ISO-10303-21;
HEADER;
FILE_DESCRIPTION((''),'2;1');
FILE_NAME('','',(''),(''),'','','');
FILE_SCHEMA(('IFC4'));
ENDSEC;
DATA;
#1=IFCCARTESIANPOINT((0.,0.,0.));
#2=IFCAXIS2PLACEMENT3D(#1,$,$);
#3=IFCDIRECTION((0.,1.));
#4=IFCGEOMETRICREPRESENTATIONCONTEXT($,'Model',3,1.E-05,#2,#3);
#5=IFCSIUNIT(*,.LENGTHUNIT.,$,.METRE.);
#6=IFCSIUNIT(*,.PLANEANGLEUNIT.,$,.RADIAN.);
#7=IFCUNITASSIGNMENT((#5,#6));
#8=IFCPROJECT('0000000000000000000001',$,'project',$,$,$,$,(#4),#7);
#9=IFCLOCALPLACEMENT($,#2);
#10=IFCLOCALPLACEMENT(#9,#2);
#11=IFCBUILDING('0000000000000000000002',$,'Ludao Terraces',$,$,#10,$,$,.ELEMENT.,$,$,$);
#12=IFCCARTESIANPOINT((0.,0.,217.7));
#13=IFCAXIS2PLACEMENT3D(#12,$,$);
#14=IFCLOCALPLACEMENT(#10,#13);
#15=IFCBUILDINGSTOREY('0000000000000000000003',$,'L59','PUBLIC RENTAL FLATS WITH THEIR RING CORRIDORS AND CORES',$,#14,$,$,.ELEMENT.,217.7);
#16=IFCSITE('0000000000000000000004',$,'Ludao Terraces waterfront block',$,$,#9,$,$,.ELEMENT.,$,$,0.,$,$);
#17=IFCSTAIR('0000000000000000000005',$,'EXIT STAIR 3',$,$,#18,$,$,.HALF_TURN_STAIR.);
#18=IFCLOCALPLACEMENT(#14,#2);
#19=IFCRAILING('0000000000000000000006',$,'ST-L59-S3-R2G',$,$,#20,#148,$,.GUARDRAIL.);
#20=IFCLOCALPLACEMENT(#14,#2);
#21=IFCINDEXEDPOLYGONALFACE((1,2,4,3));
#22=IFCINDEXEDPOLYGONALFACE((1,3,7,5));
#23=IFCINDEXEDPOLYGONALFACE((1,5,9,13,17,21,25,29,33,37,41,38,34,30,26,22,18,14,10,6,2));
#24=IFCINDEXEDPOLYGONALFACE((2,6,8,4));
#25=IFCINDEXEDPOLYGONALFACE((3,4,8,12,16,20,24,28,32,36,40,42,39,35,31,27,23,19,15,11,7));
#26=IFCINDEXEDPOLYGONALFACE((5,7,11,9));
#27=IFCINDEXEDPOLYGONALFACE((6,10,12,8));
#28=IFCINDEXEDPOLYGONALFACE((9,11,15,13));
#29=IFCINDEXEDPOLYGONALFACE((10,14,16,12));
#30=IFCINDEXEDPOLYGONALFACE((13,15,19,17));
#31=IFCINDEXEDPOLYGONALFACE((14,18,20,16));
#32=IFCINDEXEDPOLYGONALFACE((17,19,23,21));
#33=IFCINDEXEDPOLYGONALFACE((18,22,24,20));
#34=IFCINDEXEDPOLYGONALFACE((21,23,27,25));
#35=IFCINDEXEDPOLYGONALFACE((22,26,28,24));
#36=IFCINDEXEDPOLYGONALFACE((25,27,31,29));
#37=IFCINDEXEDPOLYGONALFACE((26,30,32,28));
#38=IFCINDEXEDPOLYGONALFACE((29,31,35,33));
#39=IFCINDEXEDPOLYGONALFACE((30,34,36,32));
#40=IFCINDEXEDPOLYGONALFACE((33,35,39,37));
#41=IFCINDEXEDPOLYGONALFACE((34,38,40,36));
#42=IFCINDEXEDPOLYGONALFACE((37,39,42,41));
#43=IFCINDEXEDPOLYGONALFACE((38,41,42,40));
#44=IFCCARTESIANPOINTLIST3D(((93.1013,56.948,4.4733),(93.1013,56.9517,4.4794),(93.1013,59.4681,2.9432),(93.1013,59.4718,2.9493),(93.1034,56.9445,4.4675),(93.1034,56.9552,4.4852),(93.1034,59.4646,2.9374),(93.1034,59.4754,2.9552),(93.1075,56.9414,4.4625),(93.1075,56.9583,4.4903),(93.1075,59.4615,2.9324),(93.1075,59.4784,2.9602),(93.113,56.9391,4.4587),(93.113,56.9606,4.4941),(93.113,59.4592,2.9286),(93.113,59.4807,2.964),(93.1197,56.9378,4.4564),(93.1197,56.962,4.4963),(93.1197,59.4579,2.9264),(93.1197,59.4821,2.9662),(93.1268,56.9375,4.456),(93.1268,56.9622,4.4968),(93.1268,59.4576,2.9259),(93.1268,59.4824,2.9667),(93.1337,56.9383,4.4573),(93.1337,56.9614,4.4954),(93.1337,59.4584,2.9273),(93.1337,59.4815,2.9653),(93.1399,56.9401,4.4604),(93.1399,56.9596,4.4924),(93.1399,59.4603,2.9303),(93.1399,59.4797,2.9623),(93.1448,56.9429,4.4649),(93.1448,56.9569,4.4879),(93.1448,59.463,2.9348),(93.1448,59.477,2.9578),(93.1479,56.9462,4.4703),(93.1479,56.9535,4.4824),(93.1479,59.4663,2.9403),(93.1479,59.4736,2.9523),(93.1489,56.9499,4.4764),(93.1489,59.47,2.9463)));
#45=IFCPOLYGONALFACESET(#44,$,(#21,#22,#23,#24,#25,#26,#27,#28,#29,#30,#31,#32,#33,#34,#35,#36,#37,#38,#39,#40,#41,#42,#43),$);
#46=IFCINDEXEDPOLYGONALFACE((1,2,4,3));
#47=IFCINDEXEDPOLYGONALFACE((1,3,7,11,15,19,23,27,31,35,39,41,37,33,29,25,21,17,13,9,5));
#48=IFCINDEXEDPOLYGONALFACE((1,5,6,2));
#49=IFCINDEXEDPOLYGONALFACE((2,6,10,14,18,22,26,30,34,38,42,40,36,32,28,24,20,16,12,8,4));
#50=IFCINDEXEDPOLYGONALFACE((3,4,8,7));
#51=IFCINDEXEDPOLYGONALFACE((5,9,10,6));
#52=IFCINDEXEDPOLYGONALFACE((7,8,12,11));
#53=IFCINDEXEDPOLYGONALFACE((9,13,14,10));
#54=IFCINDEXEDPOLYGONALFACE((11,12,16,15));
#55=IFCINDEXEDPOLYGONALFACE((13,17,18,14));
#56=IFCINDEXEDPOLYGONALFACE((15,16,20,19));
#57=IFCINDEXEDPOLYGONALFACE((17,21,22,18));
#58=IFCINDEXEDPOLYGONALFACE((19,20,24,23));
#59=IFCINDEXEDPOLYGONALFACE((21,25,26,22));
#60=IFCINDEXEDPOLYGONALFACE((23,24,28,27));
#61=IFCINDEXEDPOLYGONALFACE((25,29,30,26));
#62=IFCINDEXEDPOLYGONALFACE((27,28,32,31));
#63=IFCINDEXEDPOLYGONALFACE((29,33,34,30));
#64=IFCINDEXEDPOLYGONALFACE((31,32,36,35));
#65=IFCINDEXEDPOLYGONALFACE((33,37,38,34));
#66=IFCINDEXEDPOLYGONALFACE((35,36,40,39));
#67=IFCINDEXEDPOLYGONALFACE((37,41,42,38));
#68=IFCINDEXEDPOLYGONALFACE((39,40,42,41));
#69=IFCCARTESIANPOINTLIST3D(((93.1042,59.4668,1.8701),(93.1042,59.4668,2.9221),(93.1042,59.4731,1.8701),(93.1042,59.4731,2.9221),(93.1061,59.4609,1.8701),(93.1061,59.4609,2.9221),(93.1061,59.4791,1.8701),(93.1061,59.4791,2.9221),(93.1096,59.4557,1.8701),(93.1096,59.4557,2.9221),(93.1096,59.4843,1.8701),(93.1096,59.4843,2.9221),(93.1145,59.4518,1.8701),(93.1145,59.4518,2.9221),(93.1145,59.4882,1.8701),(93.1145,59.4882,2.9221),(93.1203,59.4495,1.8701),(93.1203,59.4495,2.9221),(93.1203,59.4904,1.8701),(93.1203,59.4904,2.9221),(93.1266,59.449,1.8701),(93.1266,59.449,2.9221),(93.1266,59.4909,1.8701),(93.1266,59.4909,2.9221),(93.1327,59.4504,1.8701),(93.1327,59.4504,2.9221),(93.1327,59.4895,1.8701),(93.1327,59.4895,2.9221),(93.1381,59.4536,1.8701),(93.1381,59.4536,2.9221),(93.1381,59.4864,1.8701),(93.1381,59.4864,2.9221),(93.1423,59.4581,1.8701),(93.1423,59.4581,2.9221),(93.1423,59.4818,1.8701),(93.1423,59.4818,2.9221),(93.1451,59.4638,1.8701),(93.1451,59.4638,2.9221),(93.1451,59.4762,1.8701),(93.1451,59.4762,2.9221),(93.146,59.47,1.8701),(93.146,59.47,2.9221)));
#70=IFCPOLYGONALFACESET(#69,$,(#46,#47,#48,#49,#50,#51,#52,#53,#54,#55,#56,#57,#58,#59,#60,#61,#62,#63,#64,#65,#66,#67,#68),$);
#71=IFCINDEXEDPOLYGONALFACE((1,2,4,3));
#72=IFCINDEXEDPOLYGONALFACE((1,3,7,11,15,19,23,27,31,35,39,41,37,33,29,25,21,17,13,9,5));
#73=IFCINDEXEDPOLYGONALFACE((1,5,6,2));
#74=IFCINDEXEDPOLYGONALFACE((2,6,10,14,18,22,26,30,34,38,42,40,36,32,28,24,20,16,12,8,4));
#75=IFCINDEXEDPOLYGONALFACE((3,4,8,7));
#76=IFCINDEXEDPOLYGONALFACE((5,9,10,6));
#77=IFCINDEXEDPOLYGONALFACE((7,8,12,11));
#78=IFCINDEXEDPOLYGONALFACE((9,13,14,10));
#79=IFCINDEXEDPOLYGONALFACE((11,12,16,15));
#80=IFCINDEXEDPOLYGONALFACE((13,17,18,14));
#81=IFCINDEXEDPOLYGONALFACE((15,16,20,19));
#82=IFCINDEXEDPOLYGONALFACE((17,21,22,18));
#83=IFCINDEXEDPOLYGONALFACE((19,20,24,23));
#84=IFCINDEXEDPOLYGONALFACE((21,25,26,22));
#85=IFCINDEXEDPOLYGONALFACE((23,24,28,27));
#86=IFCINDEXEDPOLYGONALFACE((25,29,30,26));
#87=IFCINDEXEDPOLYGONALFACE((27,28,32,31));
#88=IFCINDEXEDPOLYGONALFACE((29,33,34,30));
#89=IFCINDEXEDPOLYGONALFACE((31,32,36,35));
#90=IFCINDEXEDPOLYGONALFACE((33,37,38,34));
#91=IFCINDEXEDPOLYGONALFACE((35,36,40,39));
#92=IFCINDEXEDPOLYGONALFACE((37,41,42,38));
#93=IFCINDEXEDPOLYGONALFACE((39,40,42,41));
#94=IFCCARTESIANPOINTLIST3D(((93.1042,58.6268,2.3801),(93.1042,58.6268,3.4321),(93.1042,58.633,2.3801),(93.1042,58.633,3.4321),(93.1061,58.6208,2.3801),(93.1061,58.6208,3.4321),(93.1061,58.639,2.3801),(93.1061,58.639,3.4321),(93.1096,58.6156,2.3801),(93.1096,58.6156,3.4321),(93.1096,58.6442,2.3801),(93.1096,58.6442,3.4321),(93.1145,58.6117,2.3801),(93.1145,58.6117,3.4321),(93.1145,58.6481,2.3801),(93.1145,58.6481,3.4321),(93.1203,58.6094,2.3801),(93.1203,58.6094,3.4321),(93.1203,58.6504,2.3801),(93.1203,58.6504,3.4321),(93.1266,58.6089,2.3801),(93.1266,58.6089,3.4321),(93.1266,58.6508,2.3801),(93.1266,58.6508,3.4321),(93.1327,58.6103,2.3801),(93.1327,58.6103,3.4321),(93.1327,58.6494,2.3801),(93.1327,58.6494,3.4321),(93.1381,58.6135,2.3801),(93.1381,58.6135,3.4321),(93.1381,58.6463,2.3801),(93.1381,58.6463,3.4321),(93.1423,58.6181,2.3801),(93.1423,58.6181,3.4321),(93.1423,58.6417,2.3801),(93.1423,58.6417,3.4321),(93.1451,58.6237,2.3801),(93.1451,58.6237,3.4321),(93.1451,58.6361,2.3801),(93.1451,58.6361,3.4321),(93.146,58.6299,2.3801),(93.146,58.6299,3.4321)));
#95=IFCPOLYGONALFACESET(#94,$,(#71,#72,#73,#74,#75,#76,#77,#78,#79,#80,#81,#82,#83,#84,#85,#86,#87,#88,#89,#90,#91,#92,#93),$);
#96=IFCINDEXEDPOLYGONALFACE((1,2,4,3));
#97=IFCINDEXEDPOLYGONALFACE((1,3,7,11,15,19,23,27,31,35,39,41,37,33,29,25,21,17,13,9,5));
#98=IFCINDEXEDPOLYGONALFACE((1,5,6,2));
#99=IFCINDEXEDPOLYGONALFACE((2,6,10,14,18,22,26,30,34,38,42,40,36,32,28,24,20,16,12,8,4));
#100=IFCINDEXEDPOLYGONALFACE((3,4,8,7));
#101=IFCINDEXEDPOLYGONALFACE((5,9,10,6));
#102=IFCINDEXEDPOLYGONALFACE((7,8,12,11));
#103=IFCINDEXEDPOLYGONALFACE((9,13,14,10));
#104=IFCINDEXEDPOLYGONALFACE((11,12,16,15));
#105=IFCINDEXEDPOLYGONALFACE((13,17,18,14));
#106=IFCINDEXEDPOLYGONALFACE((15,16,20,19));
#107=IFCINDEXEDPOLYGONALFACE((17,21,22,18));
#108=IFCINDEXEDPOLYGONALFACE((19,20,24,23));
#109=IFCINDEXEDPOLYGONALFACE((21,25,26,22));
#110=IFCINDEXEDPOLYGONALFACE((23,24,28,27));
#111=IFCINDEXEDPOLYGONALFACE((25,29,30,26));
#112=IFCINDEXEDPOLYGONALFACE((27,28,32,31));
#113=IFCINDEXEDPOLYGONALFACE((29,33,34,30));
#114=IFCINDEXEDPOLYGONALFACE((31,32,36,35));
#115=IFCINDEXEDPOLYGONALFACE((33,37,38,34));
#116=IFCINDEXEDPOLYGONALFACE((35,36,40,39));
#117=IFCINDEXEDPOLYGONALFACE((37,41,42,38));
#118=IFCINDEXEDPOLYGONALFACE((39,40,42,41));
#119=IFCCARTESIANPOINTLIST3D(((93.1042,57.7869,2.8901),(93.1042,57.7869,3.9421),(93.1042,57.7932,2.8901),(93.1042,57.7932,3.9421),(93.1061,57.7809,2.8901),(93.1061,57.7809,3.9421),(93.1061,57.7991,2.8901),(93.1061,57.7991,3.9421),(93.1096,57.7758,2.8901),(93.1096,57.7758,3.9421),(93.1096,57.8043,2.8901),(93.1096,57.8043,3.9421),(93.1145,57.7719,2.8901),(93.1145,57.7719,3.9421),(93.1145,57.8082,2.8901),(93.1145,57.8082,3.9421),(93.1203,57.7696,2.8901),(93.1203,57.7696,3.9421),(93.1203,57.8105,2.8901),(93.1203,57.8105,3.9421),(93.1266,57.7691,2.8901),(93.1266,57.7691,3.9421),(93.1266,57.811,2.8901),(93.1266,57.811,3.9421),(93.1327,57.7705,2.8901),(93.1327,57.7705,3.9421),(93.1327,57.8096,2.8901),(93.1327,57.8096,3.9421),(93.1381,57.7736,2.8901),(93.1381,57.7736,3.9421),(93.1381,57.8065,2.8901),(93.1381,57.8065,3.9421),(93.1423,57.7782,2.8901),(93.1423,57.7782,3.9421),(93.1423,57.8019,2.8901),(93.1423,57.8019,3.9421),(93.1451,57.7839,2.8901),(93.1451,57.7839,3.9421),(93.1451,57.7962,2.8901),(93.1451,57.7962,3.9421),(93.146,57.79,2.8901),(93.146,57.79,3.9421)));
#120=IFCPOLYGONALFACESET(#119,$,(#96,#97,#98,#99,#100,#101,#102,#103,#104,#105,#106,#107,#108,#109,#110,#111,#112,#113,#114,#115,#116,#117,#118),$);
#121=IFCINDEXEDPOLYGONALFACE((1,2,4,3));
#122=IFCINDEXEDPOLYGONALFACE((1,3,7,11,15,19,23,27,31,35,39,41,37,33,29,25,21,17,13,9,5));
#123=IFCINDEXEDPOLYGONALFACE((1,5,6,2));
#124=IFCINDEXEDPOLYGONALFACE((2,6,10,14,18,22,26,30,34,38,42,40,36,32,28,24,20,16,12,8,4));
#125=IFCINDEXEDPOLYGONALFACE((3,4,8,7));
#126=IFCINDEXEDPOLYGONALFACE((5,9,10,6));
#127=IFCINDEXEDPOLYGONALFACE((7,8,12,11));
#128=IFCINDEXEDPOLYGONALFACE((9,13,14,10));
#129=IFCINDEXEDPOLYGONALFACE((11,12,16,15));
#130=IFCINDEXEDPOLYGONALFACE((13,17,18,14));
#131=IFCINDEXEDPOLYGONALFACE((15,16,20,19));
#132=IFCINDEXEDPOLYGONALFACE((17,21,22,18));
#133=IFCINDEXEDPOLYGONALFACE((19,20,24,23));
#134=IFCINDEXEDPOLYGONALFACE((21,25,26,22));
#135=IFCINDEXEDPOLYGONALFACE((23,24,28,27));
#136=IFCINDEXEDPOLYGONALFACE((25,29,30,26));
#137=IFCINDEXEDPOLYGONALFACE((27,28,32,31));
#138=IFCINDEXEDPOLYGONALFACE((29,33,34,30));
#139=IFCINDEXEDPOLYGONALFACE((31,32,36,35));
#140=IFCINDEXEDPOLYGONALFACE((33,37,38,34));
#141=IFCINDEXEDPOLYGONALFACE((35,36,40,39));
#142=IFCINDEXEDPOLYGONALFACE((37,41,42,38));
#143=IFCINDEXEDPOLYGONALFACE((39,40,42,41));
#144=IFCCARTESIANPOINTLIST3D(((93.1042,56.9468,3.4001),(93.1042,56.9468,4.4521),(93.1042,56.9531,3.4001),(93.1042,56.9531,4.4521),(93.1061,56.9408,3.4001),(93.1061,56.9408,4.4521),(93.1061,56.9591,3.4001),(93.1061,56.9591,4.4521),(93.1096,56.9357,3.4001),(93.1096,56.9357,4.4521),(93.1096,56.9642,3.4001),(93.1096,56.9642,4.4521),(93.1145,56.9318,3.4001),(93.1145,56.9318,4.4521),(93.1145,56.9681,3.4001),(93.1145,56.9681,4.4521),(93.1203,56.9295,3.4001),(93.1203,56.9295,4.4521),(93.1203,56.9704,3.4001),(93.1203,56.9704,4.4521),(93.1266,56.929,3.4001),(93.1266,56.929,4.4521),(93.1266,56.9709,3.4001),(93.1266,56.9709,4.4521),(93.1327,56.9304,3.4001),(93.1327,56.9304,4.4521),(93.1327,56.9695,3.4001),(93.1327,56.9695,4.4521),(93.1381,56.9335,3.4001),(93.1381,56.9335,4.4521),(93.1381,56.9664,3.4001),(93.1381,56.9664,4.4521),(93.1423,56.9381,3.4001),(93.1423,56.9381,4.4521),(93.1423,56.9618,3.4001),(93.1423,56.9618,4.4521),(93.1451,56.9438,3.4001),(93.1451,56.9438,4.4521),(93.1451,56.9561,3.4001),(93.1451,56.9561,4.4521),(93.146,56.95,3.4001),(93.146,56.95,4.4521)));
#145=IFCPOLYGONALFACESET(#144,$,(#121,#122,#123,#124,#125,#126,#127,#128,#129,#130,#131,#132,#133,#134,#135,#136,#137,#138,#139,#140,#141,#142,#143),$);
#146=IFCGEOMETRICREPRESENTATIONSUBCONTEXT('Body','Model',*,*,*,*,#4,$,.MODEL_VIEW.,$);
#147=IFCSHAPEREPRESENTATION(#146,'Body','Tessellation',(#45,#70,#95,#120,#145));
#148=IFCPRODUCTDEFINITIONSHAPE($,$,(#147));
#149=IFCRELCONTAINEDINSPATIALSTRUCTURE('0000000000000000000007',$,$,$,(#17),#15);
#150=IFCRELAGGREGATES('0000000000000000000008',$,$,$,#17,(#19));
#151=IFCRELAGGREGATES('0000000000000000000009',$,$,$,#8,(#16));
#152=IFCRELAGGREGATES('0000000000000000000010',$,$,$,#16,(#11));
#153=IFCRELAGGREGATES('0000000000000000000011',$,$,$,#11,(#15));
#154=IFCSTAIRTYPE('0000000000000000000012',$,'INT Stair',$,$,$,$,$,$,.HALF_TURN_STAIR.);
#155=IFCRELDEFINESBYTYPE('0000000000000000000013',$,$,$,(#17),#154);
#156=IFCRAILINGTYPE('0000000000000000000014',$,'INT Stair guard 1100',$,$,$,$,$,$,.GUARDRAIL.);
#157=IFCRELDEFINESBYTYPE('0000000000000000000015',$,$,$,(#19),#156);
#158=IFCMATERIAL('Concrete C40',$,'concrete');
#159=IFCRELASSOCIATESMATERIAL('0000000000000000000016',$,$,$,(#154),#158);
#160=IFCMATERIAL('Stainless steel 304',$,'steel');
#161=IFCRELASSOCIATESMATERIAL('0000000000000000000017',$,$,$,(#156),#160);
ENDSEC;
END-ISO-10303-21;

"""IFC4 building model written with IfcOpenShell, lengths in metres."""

from ifc_helpers import new_model, si_unit, direction, frame, origin, origin_2d, place, context, subcontext, project, spatial, circle, extrude, material, type_object, element, aggregate, save


model = new_model("IFC4")

# Units and contexts
model_context = context("Model", 3, precision=1e-05, world=origin(), true_north=direction((0.0, 1.0)))
body_context = subcontext(model_context, "Body", "Model", "MODEL_VIEW")
ifc_project = project(units=[si_unit("LENGTHUNIT", "METRE"), si_unit("PLANEANGLEUNIT", "RADIAN")], contexts=[model_context])

# Site, building, storey
site_placement = place(None, origin())
site = spatial("IfcSite", under=ifc_project, at=site_placement, Name="Ludao Terraces waterfront block", CompositionType="ELEMENT", RefElevation=0.0)
building_placement = place(site_placement, origin())
building = spatial("IfcBuilding", under=site, at=building_placement, Name="Ludao Terraces", CompositionType="ELEMENT")
storey_placement = place(building_placement, frame((0.0, 0.0, 217.7)))
storey = spatial("IfcBuildingStorey", under=building, at=storey_placement, Name="L59", Description="PUBLIC RENTAL FLATS WITH THEIR RING CORRIDORS AND CORES", CompositionType="ELEMENT", Elevation=217.7)

# Shared definitions
ifc_material_1 = material(Name="Concrete C40", Category="concrete")

# Stair, railing
stair_type = type_object("IfcStairType", Name="INT Stair", PredefinedType="HALF_TURN_STAIR", material=ifc_material_1)
stair_placement = place(storey_placement, origin())
stair = element("IfcStair", 1, at=stair_placement, inside=storey, type_object=stair_type, Name="EXIT STAIR 3", PredefinedType="HALF_TURN_STAIR")
ifc_material_2 = material(Name="Stainless steel 304", Category="steel")
railing_type_1 = type_object("IfcRailingType", Name="INT Stair guard 1100", PredefinedType="GUARDRAIL", material=ifc_material_2)
railing_1_placement = place(storey_placement, frame((93.125, 59.47, 1.8701)))
railing_1 = element("IfcRailing", 2, at=railing_1_placement, type_object=railing_type_1, Name="ST-L59-S3-R2G", PredefinedType="GUARDRAIL", context=body_context, shape_type="SweptSolid", body=[
    extrude(circle(Radius=0.0239, at=origin_2d()), frame((0.0, 0.0, 1.0762), z_axis=(0.0, -0.854785, 0.518982), x_axis=(1.0, 0.0, 0.0)), (0.0, 0.0, 1.0), 2.9482),
    extrude(circle(Radius=0.021, at=origin_2d()), origin(), (0.0, 0.0, 1.0), 1.052),
    extrude(circle(Radius=0.021, at=origin_2d()), frame((0.0, -0.8401, 0.51)), (0.0, 0.0, 1.0), 1.052),
    extrude(circle(Radius=0.021, at=origin_2d()), frame((0.0, -1.6799, 1.02)), (0.0, 0.0, 1.0), 1.052),
    extrude(circle(Radius=0.021, at=origin_2d()), frame((0.0, -2.52, 1.53)), (0.0, 0.0, 1.0), 1.052),
])
aggregate(stair, [railing_1])

save(model, "model.ifc")
